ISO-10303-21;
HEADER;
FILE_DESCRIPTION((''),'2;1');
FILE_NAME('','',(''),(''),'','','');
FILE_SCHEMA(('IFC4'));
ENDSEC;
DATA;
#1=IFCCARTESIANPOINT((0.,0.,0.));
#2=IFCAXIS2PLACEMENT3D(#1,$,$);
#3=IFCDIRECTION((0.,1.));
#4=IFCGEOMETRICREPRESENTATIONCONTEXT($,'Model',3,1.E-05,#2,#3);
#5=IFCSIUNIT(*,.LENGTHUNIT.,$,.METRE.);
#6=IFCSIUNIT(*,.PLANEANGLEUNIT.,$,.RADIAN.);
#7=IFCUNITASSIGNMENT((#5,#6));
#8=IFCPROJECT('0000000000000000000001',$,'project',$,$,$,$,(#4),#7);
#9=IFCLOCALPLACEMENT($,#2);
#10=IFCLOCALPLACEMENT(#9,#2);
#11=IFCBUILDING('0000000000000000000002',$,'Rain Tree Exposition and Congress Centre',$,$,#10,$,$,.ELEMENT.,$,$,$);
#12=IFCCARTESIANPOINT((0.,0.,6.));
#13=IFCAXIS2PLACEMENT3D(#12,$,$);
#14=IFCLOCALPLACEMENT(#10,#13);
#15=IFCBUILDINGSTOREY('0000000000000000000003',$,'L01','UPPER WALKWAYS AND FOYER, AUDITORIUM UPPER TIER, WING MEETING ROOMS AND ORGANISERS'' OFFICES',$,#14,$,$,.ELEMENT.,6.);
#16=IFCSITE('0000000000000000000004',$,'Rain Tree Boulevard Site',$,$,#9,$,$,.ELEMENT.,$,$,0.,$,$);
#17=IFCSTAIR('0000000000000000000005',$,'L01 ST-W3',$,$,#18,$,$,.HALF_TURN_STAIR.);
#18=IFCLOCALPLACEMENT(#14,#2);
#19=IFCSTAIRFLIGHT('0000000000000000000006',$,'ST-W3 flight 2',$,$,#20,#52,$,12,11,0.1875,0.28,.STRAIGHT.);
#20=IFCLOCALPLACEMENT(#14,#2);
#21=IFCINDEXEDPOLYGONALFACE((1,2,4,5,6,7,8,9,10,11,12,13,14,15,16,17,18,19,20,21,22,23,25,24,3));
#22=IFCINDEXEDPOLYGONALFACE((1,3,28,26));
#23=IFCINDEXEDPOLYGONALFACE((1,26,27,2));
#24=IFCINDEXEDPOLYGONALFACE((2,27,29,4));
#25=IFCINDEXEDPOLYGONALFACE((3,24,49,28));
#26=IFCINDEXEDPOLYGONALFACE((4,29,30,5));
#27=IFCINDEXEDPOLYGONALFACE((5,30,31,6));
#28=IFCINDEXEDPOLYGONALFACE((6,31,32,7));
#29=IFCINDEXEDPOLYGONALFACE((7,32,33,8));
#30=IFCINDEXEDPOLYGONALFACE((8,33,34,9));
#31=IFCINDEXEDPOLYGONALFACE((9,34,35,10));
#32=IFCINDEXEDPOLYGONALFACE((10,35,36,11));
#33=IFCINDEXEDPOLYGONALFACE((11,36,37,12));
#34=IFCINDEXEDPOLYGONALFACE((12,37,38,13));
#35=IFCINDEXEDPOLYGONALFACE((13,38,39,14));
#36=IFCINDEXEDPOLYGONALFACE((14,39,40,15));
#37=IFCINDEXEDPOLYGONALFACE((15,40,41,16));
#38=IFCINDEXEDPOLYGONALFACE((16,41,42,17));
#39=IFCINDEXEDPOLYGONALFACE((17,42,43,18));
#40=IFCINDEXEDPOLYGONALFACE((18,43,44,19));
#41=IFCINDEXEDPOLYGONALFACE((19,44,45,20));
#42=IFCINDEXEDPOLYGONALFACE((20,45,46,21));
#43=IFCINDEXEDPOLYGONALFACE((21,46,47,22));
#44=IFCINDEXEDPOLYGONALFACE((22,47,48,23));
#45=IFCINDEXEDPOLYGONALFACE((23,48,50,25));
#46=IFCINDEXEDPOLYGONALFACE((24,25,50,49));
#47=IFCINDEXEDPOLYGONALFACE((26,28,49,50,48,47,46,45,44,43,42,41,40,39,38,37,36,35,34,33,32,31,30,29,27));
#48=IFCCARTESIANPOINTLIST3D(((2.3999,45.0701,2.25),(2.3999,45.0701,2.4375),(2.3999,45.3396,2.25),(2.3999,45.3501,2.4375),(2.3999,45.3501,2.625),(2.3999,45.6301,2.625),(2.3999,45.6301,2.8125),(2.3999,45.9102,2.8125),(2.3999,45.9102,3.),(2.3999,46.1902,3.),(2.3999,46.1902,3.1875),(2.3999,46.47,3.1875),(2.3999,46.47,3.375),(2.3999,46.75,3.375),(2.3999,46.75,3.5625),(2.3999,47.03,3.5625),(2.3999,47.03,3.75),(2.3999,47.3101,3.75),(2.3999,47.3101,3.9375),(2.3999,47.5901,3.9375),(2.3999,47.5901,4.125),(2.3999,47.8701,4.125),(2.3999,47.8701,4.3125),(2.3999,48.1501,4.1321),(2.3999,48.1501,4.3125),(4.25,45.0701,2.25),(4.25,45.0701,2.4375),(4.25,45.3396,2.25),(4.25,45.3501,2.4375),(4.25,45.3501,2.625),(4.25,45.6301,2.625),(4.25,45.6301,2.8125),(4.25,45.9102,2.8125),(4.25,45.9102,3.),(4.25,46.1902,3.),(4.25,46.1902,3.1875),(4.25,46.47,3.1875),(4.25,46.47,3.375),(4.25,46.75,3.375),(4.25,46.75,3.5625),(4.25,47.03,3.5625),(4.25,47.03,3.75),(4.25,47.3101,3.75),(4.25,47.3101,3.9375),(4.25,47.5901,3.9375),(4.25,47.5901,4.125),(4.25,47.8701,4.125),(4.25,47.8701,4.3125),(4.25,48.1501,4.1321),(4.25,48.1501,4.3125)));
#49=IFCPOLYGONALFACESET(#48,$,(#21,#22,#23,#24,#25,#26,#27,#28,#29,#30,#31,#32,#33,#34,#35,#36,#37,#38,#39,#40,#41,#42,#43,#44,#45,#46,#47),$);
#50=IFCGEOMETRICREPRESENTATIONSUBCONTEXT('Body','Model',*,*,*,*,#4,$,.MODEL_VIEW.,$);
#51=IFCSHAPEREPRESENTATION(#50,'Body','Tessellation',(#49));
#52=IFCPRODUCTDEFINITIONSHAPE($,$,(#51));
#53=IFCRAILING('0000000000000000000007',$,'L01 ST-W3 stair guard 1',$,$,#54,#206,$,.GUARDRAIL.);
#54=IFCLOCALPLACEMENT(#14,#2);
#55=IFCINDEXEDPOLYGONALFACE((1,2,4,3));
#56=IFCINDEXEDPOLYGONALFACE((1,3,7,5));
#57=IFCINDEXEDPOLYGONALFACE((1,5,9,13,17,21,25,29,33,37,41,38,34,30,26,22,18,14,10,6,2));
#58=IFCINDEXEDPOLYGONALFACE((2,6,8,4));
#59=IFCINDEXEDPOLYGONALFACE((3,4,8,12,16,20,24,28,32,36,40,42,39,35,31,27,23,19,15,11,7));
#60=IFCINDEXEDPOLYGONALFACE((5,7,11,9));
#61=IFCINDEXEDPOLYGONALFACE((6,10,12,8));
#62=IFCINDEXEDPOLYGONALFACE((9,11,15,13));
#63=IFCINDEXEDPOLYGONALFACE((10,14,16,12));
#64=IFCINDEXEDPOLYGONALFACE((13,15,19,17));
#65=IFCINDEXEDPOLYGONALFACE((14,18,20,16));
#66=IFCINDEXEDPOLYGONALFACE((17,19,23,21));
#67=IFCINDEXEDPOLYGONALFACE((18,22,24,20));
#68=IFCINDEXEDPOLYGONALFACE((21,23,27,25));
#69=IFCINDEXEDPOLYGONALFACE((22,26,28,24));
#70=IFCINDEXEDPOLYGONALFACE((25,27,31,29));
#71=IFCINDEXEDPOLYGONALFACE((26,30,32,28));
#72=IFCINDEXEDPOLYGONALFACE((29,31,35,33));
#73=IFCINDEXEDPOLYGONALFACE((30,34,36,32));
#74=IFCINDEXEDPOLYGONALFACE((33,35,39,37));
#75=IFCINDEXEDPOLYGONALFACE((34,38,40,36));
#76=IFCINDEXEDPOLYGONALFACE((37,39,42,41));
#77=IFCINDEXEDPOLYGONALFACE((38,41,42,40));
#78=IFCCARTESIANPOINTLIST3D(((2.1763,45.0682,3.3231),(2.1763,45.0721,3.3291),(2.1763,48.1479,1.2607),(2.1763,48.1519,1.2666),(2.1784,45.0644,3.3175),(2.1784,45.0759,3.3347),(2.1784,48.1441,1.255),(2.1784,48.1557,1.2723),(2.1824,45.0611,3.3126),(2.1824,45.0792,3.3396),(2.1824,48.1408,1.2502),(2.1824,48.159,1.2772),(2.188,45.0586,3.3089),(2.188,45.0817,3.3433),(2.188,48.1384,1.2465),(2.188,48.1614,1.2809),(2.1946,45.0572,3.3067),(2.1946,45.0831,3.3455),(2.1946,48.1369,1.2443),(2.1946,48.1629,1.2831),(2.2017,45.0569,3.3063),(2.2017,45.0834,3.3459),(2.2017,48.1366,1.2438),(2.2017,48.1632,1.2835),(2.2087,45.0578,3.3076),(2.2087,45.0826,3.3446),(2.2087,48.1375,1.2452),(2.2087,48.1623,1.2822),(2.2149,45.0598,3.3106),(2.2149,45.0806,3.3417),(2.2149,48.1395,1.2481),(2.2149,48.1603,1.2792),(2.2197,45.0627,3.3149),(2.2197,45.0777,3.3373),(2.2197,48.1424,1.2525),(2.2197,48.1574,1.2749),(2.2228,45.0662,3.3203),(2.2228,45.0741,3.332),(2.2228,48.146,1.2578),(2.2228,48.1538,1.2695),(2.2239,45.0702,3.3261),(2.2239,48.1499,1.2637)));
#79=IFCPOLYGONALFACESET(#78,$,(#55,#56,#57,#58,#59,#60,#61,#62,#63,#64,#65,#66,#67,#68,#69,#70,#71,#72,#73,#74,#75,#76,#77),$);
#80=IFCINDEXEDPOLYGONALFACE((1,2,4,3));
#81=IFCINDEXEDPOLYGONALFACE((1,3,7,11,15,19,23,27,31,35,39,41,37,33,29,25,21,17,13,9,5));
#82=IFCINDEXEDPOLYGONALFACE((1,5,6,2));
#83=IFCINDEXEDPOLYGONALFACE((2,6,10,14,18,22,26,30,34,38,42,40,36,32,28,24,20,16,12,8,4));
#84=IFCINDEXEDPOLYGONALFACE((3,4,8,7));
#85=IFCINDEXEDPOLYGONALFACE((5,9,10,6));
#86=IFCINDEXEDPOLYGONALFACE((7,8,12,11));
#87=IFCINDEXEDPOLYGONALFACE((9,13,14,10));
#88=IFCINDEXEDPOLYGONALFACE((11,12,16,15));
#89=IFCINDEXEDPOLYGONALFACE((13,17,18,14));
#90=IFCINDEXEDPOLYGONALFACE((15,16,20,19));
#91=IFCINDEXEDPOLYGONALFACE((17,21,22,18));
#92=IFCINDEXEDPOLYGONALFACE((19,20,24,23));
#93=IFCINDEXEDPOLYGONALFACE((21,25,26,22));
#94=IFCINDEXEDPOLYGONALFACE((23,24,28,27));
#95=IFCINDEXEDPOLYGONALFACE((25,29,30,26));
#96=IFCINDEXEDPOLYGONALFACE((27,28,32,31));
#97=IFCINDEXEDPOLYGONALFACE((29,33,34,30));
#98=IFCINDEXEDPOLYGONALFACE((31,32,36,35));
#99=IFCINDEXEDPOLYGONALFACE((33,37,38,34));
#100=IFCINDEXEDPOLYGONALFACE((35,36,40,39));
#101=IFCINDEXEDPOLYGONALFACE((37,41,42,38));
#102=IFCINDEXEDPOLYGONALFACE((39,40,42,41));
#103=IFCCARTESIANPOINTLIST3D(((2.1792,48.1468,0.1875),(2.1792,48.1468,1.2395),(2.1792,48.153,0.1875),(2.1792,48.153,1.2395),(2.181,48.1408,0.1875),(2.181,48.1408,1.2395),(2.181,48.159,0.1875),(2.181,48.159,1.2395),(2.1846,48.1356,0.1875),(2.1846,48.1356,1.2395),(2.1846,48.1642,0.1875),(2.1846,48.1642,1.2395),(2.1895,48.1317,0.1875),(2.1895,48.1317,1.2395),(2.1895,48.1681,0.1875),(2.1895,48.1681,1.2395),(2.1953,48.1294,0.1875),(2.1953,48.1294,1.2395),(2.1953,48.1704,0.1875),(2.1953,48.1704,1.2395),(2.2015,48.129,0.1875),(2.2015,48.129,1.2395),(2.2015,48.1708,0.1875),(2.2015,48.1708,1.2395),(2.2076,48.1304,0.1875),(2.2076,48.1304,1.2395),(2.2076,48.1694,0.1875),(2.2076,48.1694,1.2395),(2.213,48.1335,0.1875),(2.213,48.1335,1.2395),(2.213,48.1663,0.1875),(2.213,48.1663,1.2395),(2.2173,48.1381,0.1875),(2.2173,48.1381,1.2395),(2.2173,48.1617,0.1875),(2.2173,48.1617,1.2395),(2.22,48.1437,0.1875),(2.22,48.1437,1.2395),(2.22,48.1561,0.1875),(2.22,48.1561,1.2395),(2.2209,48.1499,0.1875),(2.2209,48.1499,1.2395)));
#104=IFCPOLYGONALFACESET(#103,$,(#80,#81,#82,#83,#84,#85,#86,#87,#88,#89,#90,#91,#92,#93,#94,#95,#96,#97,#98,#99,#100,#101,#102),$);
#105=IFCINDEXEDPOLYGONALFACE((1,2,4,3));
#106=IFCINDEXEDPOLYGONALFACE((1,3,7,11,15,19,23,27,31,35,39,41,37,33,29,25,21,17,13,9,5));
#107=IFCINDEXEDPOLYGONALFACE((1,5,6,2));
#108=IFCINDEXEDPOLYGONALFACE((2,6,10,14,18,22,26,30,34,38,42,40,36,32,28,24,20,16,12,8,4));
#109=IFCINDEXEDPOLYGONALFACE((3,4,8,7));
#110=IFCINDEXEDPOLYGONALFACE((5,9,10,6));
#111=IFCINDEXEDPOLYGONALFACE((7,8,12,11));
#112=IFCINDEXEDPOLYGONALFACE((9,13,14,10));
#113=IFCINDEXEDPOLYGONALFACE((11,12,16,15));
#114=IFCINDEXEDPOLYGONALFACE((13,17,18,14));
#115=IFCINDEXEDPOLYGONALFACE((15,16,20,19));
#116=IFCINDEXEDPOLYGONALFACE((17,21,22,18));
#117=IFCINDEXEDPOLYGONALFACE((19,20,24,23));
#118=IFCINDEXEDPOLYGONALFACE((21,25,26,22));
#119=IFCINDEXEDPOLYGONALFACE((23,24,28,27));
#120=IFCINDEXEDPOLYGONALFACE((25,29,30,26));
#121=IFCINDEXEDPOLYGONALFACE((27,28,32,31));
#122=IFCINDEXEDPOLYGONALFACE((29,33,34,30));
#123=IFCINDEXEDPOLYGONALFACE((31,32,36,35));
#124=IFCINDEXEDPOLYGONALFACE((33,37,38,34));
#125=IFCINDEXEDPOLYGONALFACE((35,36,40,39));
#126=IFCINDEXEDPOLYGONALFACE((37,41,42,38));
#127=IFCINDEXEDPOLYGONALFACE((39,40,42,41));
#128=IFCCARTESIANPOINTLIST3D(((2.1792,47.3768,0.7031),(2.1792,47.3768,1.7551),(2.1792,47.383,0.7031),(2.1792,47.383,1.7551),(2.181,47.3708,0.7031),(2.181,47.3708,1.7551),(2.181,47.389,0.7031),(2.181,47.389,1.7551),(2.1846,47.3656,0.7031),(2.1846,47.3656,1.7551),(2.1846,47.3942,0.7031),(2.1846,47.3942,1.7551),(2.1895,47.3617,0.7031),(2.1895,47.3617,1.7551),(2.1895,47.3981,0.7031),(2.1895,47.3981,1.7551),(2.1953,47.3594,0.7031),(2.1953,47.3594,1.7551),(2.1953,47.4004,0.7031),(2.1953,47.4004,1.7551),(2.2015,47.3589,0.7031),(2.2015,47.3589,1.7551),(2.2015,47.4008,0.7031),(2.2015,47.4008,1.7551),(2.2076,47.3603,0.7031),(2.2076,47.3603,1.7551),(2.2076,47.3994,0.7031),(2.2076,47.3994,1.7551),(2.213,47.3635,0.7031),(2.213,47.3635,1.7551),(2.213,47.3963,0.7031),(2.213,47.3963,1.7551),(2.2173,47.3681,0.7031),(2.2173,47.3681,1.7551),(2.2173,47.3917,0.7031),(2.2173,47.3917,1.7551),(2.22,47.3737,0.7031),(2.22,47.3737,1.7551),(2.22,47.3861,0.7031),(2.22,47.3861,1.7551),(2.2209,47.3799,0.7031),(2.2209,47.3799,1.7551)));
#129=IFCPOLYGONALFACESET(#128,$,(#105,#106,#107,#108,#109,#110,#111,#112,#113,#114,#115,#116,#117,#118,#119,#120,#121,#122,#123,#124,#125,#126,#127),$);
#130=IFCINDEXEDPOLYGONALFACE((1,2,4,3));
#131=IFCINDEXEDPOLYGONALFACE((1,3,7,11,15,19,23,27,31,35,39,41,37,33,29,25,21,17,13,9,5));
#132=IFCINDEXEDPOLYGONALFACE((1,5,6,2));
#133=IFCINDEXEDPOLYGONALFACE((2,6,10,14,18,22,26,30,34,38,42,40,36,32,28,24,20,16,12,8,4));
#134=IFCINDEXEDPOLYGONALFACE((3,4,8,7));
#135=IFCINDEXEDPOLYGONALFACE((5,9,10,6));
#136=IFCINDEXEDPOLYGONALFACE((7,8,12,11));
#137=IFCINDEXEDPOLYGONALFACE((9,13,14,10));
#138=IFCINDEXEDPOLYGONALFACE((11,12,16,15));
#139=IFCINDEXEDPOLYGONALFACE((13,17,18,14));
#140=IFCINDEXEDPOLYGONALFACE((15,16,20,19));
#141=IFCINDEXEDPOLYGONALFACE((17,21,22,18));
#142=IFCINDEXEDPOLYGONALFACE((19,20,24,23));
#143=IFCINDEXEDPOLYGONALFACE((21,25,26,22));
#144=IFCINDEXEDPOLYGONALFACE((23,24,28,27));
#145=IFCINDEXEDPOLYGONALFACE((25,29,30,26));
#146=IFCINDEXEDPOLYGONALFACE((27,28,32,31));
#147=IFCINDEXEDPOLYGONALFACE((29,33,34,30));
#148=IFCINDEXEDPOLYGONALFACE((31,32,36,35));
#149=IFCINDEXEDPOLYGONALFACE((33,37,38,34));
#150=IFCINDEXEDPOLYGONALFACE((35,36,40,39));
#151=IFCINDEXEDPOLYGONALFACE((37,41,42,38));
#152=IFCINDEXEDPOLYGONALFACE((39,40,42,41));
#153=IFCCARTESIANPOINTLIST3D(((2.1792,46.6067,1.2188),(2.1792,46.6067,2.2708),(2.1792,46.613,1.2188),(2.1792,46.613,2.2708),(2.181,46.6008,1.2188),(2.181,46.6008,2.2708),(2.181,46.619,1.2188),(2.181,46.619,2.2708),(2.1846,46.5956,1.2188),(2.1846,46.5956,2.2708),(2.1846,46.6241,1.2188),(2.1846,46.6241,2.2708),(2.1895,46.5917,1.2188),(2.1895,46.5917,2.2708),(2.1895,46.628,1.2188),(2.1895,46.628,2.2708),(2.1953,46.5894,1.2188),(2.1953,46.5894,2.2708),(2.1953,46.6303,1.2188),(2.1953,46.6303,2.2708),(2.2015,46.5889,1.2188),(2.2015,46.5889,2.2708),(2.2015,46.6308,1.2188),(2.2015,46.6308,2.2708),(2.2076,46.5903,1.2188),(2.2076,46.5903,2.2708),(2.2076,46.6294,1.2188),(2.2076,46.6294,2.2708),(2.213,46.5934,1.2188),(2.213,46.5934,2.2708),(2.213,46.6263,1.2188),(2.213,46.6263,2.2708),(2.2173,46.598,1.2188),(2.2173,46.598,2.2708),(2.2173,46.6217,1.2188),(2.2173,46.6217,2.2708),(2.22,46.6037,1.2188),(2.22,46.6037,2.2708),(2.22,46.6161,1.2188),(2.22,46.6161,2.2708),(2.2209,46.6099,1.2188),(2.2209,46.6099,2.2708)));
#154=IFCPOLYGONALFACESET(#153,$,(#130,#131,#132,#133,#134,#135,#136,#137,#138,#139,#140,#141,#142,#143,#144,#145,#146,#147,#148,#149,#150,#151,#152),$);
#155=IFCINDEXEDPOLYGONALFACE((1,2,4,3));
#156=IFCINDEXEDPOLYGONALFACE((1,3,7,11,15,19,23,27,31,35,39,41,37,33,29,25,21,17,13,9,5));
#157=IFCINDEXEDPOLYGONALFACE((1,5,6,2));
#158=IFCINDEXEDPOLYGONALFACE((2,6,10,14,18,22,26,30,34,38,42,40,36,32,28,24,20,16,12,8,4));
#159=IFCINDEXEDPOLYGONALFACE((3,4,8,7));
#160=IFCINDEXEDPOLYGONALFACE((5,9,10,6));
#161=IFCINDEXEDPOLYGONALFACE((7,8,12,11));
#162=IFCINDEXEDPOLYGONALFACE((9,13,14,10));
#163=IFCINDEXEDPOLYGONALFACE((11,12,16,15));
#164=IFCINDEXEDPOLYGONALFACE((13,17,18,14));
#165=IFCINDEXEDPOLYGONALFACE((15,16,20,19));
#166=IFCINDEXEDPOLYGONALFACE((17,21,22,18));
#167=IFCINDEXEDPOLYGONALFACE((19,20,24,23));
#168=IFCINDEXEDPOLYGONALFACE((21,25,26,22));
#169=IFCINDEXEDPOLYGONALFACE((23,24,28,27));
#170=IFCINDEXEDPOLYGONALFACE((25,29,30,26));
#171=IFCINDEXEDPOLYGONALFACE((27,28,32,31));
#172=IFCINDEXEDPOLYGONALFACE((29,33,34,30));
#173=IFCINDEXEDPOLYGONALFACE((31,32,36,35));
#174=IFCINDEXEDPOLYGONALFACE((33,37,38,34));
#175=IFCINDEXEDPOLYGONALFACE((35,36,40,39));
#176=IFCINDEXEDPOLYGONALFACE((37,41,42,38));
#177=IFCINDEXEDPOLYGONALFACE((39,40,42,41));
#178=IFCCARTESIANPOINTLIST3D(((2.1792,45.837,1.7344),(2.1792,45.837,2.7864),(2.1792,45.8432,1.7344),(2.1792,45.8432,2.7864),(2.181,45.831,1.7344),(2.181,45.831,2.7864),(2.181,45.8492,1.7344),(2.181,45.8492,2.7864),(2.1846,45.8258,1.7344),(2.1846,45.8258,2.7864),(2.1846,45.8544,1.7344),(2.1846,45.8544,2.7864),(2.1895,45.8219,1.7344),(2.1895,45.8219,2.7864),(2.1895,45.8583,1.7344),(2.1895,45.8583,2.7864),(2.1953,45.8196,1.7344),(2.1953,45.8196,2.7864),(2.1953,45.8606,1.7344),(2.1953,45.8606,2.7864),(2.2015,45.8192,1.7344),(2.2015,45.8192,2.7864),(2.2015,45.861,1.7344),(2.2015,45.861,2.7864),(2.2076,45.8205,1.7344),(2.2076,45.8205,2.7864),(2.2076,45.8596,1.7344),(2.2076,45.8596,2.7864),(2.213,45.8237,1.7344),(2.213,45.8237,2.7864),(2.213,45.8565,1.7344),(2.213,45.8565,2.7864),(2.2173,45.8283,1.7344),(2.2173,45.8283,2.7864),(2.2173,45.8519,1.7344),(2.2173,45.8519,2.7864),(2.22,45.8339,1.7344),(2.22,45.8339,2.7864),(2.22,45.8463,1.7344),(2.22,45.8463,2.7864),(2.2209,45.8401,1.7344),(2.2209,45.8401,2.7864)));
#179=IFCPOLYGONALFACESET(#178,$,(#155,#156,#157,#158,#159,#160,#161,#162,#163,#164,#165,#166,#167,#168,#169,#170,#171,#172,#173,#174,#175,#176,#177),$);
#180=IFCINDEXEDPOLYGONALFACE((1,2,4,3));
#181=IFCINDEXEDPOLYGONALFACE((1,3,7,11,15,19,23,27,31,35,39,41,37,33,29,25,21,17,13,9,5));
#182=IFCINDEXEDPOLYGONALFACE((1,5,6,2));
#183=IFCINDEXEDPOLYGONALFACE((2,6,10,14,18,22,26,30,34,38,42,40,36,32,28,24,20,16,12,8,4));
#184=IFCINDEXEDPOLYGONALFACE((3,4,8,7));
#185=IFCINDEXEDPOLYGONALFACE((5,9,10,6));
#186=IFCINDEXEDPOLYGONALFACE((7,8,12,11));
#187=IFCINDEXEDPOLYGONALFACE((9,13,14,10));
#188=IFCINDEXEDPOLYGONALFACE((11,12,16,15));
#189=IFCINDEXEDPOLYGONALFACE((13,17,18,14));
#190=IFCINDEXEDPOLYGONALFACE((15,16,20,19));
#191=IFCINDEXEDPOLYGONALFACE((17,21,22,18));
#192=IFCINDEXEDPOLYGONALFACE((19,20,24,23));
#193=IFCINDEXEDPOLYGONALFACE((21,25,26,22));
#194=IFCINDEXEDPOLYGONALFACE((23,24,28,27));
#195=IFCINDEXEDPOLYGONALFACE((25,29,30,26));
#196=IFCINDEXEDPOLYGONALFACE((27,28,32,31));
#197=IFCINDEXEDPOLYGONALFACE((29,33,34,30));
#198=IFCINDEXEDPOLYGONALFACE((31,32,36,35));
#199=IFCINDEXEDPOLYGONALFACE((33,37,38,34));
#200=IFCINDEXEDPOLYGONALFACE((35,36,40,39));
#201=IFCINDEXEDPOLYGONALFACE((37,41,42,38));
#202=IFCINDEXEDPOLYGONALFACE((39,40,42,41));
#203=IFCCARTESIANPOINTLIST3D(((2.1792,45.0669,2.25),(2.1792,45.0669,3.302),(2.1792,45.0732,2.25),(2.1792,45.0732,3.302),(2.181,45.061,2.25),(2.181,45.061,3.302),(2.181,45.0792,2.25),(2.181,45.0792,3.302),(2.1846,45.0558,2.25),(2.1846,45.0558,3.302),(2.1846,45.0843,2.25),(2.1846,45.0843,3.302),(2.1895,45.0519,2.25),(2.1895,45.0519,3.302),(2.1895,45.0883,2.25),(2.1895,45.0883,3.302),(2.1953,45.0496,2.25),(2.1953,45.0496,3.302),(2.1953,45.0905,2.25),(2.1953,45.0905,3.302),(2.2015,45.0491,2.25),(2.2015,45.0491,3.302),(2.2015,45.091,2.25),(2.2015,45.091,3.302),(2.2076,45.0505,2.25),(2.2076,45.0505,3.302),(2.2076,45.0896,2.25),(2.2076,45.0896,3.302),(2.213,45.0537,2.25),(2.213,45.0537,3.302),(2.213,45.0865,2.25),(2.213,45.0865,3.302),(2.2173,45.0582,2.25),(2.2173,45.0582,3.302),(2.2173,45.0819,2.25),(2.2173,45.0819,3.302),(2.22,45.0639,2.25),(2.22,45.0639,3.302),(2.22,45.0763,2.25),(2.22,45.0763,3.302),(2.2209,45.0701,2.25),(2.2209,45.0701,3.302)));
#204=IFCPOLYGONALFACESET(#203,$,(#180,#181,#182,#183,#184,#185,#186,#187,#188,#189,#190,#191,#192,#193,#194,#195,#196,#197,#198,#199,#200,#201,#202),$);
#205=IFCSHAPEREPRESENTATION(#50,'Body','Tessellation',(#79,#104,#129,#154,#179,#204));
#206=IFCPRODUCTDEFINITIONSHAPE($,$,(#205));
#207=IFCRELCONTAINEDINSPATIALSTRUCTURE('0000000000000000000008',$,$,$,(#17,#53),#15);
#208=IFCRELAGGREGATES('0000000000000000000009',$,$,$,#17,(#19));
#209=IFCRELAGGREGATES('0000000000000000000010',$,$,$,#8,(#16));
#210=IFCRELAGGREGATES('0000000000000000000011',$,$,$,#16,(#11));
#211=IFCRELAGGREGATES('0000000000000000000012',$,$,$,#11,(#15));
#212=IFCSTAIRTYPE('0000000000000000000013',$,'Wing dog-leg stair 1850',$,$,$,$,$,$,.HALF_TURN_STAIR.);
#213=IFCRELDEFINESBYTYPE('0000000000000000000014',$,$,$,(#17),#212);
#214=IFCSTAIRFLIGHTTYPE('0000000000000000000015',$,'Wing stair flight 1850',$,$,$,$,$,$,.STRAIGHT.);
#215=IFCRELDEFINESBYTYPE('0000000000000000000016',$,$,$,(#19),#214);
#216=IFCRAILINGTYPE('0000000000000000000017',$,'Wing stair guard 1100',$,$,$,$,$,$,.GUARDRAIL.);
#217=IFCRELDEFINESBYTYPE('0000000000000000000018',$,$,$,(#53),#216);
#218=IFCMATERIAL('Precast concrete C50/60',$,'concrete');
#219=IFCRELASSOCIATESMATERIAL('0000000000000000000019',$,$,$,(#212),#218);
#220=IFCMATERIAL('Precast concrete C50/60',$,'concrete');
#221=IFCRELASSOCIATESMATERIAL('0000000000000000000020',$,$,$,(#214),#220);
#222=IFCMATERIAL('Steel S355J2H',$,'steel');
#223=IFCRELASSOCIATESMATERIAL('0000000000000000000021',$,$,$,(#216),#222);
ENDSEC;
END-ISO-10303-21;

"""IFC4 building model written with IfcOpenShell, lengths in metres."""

from ifc_helpers import new_model, si_unit, direction, frame, origin, origin_2d, place, context, subcontext, project, spatial, polyline, circle, outline, extrude, material, type_object, element, aggregate, save


model = new_model("IFC4")

# Units and contexts
model_context = context("Model", 3, precision=1e-05, world=origin(), true_north=direction((0.0, 1.0)))
body_context = subcontext(model_context, "Body", "Model", "MODEL_VIEW")
ifc_project = project(units=[si_unit("LENGTHUNIT", "METRE"), si_unit("PLANEANGLEUNIT", "RADIAN")], contexts=[model_context])

# Site, building, storey
site_placement = place(None, origin())
site = spatial("IfcSite", under=ifc_project, at=site_placement, Name="Rain Tree Boulevard Site", CompositionType="ELEMENT", RefElevation=0.0)
building_placement = place(site_placement, origin())
building = spatial("IfcBuilding", under=site, at=building_placement, Name="Rain Tree Exposition and Congress Centre", CompositionType="ELEMENT")
storey_placement = place(building_placement, frame((0.0, 0.0, 6.0)))
storey = spatial("IfcBuildingStorey", under=building, at=storey_placement, Name="L01", Description="UPPER WALKWAYS AND FOYER, AUDITORIUM UPPER TIER, WING MEETING ROOMS AND ORGANISERS' OFFICES", CompositionType="ELEMENT", Elevation=6.0)

# Stair, stair flight
ifc_material_1 = material(Name="Precast concrete C50/60", Category="concrete")
stair_type = type_object("IfcStairType", Name="Wing dog-leg stair 1850", PredefinedType="HALF_TURN_STAIR", material=ifc_material_1)
stair_placement = place(storey_placement, origin())
stair = element("IfcStair", 1, at=stair_placement, inside=storey, type_object=stair_type, Name="L01 ST-W3", PredefinedType="HALF_TURN_STAIR")
ifc_material_2 = material(Name="Precast concrete C50/60", Category="concrete")
stair_flight_type = type_object("IfcStairFlightType", Name="Wing stair flight 1850", PredefinedType="STRAIGHT", material=ifc_material_2)
stair_flight_placement = place(storey_placement, frame((3.325, 45.0701, 2.25), z_axis=(0.0, 0.0, 1.0), x_axis=(0.0, 1.0, 0.0)))
stair_flight = element("IfcStairFlight", 2, at=stair_flight_placement, type_object=stair_flight_type, Name="ST-W3 flight 2", NumberOfRisers=12, NumberOfTreads=11, PredefinedType="STRAIGHT", RiserHeight=0.1875, TreadLength=0.28, context=body_context, shape_type="SweptSolid", body=[
    extrude(outline(polyline([(0.0, 0.0), (0.0, 0.1875), (0.28, 0.1875), (0.28, 0.375), (0.5601, 0.375), (0.5601, 0.5625), (0.8401, 0.5625), (0.8401, 0.75), (1.1201, 0.75), (1.1201, 0.9375), (1.3999, 0.9375), (1.3999, 1.125), (1.6799, 1.125), (1.6799, 1.3125), (1.96, 1.3125), (1.96, 1.5), (2.24, 1.5), (2.24, 1.6875), (2.52, 1.6875), (2.52, 1.875), (2.8, 1.875), (2.8, 2.0625), (3.0801, 2.0625), (3.0801, 2.25), (3.0801, 1.8821), (0.2695, 0.0), (0.0, 0.0)])), frame((0.0, 0.925, 0.0), z_axis=(0.0, -1.0, 0.0), x_axis=(1.0, 0.0, 0.0)), (0.0, 0.0, 1.0), 1.8501),
])
aggregate(stair, [stair_flight])

# Railing
ifc_material_3 = material(Name="Steel S355J2H", Category="steel")
railing_type_1 = type_object("IfcRailingType", Name="Wing stair guard 1100", PredefinedType="GUARDRAIL", material=ifc_material_3)
railing_1_placement = place(storey_placement, frame((2.2, 48.1499, 0.1875)))
element("IfcRailing", 3, at=railing_1_placement, inside=storey, type_object=railing_type_1, Name="L01 ST-W3 stair guard 1", PredefinedType="GUARDRAIL", context=body_context, shape_type="SweptSolid", body=[
    extrude(circle(Radius=0.0239, at=origin_2d()), frame((0.0, 0.0, 1.0762), z_axis=(0.0, -0.830893, 0.556432), x_axis=(1.0, 0.0, 0.0)), (0.0, 0.0, 1.0), 3.7065),
    extrude(circle(Radius=0.021, at=origin_2d()), origin(), (0.0, 0.0, 1.0), 1.052),
    extrude(circle(Radius=0.021, at=origin_2d()), frame((0.0, -0.77, 0.5156)), (0.0, 0.0, 1.0), 1.052),
    extrude(circle(Radius=0.021, at=origin_2d()), frame((0.0, -1.54, 1.0312)), (0.0, 0.0, 1.0), 1.052),
    extrude(circle(Radius=0.021, at=origin_2d()), frame((0.0, -2.3098, 1.5469)), (0.0, 0.0, 1.0), 1.052),
    extrude(circle(Radius=0.021, at=origin_2d()), frame((0.0, -3.0798, 2.0625)), (0.0, 0.0, 1.0), 1.052),
])

save(model, "model.ifc")
